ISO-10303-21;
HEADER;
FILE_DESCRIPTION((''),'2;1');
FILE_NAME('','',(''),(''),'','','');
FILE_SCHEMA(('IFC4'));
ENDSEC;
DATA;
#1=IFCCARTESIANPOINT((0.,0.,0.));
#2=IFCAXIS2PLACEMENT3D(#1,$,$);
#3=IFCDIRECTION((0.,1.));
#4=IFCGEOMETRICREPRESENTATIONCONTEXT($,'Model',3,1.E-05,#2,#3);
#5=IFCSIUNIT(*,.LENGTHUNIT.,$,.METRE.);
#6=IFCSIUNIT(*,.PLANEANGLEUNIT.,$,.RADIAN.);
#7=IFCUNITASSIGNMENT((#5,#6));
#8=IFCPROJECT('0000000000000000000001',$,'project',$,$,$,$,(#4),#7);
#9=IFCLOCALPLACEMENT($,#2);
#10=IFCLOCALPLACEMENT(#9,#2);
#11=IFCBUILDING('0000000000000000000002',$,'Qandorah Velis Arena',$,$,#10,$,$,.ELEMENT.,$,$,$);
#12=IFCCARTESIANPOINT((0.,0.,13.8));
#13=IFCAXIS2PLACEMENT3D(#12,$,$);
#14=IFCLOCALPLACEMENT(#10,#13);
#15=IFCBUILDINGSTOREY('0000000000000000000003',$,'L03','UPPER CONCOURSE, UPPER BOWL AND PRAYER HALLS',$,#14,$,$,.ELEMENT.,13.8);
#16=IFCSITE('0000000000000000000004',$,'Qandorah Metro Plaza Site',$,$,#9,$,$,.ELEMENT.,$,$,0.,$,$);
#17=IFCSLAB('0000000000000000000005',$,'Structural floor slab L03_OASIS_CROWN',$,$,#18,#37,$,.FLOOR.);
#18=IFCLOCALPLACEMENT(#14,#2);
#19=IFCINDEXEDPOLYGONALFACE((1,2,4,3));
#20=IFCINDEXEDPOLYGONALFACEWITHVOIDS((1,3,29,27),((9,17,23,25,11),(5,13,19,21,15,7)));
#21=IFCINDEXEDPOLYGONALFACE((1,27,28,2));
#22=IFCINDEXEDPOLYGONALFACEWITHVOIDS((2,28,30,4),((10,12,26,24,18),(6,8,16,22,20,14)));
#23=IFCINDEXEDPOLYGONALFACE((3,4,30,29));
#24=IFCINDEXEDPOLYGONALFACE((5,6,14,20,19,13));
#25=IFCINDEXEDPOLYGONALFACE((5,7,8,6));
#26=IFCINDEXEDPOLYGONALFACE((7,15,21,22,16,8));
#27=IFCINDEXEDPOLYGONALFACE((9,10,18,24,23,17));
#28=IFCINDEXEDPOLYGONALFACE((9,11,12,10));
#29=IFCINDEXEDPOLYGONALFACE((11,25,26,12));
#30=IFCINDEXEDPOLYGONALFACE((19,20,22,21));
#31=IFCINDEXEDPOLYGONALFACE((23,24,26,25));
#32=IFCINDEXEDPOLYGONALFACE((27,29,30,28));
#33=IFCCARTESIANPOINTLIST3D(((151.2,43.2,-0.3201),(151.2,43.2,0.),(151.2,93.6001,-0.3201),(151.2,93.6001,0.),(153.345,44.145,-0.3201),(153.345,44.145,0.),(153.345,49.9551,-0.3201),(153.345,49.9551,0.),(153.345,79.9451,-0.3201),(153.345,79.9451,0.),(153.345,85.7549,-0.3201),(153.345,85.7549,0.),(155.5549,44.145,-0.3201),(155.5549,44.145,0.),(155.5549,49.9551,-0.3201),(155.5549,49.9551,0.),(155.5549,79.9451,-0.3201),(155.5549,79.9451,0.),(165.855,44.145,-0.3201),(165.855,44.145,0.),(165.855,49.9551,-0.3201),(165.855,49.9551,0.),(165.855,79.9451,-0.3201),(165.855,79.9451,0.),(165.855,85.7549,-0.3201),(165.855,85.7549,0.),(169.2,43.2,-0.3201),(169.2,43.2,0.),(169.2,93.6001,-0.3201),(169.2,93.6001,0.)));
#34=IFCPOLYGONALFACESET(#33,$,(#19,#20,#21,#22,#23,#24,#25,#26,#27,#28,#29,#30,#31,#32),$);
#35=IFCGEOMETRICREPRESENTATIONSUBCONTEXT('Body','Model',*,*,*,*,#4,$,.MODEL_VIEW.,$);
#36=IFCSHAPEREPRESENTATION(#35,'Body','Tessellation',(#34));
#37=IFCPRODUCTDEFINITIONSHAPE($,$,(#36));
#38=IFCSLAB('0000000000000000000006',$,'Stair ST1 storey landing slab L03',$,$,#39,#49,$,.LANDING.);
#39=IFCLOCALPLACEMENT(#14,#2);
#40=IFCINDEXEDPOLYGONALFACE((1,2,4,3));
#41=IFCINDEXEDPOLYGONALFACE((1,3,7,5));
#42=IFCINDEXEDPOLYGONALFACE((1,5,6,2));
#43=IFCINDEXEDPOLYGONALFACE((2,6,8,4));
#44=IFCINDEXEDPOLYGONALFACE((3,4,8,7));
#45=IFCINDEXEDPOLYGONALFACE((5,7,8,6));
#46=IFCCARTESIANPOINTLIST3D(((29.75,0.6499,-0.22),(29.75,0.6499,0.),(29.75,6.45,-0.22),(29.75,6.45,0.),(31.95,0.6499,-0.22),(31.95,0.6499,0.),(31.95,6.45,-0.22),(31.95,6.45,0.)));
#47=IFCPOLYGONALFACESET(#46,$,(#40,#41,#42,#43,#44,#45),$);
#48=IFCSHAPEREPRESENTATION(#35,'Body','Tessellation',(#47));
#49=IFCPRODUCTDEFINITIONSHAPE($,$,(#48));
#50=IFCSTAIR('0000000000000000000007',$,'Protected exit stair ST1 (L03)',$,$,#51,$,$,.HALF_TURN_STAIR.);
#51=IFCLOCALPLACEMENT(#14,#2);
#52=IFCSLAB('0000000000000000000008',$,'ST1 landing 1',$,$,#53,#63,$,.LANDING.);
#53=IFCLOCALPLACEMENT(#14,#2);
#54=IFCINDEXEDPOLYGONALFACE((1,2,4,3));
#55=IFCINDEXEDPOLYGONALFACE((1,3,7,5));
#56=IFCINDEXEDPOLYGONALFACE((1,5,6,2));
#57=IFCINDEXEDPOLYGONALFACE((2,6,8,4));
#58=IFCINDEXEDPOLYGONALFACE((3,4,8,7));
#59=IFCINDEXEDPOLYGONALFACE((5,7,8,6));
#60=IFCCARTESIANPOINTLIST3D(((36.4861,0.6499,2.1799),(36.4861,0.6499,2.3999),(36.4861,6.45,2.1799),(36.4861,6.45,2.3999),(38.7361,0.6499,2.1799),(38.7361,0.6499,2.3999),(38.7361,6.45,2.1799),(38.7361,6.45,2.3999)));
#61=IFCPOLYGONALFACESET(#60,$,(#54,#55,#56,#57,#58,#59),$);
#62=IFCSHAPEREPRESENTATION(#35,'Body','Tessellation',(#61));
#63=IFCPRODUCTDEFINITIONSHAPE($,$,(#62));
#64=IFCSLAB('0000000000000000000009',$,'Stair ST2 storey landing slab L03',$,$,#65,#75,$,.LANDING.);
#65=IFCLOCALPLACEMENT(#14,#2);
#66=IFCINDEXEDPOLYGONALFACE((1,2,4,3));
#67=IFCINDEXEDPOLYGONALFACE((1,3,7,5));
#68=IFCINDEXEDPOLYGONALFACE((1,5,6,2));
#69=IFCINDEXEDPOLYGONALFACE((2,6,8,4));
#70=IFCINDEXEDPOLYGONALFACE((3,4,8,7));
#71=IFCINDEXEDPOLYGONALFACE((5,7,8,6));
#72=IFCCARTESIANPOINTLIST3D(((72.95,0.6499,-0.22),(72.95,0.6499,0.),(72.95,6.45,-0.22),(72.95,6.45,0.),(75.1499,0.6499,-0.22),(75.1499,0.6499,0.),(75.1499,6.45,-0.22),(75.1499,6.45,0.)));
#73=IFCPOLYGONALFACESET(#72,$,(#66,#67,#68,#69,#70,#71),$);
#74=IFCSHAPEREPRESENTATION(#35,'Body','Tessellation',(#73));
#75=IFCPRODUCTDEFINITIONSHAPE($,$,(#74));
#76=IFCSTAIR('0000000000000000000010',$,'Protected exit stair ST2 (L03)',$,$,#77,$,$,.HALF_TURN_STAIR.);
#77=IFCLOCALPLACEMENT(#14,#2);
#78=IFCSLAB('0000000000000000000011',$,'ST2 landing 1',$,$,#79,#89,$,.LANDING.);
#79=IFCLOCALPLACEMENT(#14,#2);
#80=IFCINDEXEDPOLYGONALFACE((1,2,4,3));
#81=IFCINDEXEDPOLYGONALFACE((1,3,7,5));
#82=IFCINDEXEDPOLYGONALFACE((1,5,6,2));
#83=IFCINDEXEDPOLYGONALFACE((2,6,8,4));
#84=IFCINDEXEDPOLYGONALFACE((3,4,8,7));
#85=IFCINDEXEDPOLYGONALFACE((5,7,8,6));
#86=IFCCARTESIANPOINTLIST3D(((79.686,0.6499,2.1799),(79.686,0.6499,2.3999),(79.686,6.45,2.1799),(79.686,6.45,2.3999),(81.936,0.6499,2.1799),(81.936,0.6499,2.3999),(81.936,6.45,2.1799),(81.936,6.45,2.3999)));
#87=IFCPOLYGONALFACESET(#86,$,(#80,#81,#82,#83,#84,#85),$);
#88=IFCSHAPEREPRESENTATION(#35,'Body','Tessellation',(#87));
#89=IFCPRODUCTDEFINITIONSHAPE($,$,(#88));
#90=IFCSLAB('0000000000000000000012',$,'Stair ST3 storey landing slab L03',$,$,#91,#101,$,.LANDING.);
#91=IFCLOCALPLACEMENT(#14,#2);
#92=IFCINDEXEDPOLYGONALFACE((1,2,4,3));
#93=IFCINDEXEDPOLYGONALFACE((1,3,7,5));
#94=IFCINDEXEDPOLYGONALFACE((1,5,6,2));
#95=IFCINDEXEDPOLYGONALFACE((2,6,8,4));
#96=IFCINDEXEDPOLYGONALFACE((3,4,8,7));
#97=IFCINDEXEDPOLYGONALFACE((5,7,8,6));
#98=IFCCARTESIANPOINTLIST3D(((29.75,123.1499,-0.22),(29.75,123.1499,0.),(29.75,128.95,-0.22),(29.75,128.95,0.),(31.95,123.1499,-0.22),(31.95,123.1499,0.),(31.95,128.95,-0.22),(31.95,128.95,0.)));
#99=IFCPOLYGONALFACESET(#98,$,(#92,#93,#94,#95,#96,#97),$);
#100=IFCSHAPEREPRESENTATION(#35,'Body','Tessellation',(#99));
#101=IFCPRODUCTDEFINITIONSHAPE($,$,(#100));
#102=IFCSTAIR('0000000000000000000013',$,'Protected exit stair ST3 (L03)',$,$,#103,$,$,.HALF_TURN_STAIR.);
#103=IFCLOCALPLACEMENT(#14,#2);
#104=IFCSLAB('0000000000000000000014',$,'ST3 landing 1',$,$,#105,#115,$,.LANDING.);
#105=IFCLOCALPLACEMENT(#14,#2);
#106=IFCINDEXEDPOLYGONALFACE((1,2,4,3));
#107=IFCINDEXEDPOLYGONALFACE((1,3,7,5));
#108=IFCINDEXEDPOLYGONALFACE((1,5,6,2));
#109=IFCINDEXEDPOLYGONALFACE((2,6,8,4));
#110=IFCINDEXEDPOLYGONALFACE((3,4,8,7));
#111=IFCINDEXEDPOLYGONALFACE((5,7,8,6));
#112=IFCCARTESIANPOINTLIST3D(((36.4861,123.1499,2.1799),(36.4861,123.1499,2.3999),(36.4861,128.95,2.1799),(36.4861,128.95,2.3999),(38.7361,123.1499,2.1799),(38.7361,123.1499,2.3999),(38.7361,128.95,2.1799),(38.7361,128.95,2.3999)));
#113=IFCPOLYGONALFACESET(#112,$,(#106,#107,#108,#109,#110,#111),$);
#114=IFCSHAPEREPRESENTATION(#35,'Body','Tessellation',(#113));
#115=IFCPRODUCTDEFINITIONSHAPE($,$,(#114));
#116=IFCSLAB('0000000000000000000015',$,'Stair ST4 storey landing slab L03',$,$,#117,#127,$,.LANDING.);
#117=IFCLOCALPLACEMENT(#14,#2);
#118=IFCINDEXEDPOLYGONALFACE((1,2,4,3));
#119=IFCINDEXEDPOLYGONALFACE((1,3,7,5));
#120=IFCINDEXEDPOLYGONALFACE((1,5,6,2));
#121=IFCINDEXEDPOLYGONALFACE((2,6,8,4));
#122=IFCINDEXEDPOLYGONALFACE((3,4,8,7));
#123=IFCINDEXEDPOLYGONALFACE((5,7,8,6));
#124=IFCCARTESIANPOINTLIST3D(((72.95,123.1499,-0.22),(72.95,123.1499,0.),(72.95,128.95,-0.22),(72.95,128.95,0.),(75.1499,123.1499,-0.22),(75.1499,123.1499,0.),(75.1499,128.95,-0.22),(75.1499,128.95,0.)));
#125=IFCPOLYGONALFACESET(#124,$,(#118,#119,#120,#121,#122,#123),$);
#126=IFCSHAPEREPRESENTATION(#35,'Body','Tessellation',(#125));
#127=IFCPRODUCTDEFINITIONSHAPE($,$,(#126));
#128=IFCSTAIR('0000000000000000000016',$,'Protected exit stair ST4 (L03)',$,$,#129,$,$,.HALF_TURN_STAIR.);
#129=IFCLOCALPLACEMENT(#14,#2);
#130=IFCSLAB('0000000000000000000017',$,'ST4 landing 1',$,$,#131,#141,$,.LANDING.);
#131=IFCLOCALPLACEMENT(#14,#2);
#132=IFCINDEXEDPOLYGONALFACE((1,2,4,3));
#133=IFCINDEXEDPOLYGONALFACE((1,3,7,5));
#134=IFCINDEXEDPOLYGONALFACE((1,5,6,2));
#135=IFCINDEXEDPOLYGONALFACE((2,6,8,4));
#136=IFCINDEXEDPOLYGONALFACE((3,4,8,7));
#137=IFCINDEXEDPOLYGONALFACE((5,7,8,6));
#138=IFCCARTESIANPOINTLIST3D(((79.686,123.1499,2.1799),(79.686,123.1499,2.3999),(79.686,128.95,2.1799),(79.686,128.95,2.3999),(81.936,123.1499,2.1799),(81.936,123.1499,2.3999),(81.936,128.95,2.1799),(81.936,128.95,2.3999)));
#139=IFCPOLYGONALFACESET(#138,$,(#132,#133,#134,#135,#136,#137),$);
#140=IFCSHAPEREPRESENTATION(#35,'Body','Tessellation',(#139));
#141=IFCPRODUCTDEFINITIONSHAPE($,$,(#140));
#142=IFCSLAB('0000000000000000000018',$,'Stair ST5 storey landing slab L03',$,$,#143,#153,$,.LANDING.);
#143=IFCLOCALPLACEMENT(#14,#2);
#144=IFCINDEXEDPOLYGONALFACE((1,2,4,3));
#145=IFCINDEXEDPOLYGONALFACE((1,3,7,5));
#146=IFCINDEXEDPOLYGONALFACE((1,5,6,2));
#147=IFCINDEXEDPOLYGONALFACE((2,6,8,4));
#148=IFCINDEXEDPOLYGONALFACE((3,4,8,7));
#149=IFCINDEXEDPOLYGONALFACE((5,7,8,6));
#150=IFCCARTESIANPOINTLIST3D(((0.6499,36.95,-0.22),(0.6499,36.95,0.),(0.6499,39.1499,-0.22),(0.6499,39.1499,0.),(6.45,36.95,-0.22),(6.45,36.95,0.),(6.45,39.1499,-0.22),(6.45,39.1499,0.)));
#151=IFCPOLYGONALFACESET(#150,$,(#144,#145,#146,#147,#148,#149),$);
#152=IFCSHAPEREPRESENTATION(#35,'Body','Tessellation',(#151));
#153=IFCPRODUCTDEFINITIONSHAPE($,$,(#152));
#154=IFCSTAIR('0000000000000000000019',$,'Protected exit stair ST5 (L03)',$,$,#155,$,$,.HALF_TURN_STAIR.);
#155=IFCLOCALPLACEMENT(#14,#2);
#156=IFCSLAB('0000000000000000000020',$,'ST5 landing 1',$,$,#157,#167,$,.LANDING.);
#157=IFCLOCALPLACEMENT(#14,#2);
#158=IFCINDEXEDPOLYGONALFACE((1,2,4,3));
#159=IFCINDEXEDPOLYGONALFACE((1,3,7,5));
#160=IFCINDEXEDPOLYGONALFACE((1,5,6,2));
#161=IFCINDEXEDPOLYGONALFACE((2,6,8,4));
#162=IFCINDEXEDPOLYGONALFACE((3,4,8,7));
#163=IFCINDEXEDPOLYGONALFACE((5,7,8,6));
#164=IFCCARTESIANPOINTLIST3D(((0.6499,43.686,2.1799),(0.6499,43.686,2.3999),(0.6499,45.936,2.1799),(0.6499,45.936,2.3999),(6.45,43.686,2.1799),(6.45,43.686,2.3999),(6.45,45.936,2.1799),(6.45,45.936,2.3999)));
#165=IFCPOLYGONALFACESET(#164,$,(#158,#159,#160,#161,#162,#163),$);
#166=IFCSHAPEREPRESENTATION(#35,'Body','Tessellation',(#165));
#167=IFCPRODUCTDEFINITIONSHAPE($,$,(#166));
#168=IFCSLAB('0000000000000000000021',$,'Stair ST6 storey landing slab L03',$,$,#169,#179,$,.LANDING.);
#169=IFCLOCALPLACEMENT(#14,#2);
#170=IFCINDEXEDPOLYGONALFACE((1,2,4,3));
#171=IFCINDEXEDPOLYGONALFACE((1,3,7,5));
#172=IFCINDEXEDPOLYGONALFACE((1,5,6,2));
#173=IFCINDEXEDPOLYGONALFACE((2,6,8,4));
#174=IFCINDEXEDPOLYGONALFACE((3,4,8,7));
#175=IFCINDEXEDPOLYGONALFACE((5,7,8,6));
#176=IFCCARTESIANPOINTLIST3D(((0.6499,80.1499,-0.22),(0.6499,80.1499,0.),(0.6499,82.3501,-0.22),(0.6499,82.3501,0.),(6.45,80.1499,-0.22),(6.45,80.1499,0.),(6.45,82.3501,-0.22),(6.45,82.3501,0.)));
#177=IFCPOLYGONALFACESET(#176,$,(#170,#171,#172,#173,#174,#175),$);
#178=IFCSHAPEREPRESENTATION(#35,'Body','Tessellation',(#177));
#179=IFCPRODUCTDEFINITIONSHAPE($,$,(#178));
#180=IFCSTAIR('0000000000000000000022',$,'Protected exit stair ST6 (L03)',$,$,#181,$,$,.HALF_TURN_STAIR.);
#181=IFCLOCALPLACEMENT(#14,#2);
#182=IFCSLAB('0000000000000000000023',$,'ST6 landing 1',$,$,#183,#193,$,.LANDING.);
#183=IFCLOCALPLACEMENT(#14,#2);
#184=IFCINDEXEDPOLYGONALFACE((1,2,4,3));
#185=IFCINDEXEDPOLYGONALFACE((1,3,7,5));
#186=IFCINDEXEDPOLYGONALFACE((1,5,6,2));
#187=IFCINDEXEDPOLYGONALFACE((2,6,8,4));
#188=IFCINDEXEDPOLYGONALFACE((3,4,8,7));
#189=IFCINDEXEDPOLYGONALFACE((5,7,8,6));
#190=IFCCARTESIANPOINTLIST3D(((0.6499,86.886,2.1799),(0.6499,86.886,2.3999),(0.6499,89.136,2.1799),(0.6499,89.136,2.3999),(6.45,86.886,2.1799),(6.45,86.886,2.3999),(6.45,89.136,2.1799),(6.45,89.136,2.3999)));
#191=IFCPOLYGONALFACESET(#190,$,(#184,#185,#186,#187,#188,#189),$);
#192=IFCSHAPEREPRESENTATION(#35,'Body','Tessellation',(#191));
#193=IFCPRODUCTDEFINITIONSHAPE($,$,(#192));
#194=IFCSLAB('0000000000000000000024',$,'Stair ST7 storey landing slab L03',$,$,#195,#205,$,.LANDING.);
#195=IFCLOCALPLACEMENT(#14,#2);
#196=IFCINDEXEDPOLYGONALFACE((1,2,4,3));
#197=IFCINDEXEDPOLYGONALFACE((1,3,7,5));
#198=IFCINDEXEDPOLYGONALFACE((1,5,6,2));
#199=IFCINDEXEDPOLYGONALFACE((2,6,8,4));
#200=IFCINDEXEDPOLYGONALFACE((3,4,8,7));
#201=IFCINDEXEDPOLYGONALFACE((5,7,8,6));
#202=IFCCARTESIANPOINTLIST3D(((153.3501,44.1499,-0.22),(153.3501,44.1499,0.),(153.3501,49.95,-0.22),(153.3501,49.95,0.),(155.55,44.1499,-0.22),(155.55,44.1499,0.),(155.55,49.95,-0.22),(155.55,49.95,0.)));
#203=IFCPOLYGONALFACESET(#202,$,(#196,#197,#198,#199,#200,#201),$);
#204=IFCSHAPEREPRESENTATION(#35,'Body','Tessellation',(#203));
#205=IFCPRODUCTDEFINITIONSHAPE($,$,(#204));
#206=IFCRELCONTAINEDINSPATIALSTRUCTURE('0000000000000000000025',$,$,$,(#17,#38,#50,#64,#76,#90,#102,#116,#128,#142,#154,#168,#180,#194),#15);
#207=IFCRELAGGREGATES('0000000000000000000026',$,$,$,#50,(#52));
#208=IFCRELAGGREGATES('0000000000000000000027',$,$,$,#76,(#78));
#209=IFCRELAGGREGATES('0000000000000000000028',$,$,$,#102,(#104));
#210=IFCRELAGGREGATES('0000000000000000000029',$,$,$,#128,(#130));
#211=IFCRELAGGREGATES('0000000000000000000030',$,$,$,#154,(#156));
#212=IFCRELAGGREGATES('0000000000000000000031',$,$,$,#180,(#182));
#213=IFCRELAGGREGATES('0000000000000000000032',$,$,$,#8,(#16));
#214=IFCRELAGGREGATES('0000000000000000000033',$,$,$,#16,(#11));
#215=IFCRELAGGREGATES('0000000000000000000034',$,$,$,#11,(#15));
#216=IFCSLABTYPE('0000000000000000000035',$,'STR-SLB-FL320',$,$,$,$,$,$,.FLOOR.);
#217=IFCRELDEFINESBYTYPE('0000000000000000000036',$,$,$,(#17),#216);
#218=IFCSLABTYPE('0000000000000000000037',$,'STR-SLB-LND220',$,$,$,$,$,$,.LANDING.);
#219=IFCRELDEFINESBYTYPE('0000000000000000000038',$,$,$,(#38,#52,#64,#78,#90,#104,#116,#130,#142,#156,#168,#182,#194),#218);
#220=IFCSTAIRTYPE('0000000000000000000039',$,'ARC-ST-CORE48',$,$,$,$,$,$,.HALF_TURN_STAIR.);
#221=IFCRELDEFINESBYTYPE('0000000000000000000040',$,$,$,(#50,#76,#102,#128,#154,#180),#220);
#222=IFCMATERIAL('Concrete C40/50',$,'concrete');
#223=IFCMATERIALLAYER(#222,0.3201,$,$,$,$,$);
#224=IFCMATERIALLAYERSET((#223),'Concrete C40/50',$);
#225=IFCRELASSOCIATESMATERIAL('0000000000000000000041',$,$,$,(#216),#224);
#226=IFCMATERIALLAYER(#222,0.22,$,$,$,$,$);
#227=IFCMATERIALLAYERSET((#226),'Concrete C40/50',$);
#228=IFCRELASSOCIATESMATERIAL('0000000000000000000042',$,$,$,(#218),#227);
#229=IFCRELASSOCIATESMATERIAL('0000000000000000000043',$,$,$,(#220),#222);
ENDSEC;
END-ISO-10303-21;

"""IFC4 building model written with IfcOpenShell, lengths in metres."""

from ifc_helpers import new_model, si_unit, direction, frame, origin, place, context, subcontext, project, spatial, polyline, outline, extrude, material, layer, layer_set, type_object, element, aggregate, save


model = new_model("IFC4")

# Units and contexts
model_context = context("Model", 3, precision=1e-05, world=origin(), true_north=direction((0.0, 1.0)))
body_context = subcontext(model_context, "Body", "Model", "MODEL_VIEW")
ifc_project = project(units=[si_unit("LENGTHUNIT", "METRE"), si_unit("PLANEANGLEUNIT", "RADIAN")], contexts=[model_context])

# Site, building, storey
site_placement = place(None, origin())
site = spatial("IfcSite", under=ifc_project, at=site_placement, Name="Qandorah Metro Plaza Site", CompositionType="ELEMENT", RefElevation=0.0)
building_placement = place(site_placement, origin())
building = spatial("IfcBuilding", under=site, at=building_placement, Name="Qandorah Velis Arena", CompositionType="ELEMENT")
storey_placement = place(building_placement, frame((0.0, 0.0, 13.8)))
storey = spatial("IfcBuildingStorey", under=building, at=storey_placement, Name="L03", Description="UPPER CONCOURSE, UPPER BOWL AND PRAYER HALLS", CompositionType="ELEMENT", Elevation=13.8)

# Slabs
ifc_material_1 = material(Name="Concrete C40/50", Category="concrete")
ifc_layer_1 = layer(ifc_material_1, 0.3201)
ifc_layer_set_1 = layer_set([ifc_layer_1], Name="Concrete C40/50")
slab_type_1 = type_object("IfcSlabType", Name="STR-SLB-FL320", PredefinedType="FLOOR", material=ifc_layer_set_1)
slab_1_placement = place(storey_placement, frame((0.0, 0.0, -0.3201)))
element("IfcSlab", 1, at=slab_1_placement, inside=storey, type_object=slab_type_1, Name="Structural floor slab L03_OASIS_CROWN", PredefinedType="FLOOR", context=body_context, shape_type="SweptSolid", body=[
    extrude(outline(polyline([(169.2, 43.2), (151.2, 43.2), (151.2, 93.6001), (169.2, 93.6001), (169.2, 43.2)]), holes=[polyline([(155.5549, 44.145), (165.855, 44.145), (165.855, 49.9551), (155.5549, 49.9551), (153.345, 49.9551), (153.345, 44.145), (155.5549, 44.145)]), polyline([(153.345, 79.9451), (155.5549, 79.9451), (165.855, 79.9451), (165.855, 85.7549), (153.345, 85.7549), (153.345, 85.7549), (153.345, 79.9451)])]), origin(), (0.0, 0.0, 1.0), 0.3201),
])
ifc_layer_2 = layer(ifc_material_1, 0.22)
ifc_layer_set_2 = layer_set([ifc_layer_2], Name="Concrete C40/50")
slab_type_2 = type_object("IfcSlabType", Name="STR-SLB-LND220", PredefinedType="LANDING", material=ifc_layer_set_2)
slab_2_placement = place(storey_placement, frame((0.0, 0.0, -0.22)))
element("IfcSlab", 2, at=slab_2_placement, inside=storey, type_object=slab_type_2, Name="Stair ST1 storey landing slab L03", PredefinedType="LANDING", context=body_context, shape_type="SweptSolid", body=[
    extrude(outline(polyline([(29.75, 0.6499), (31.95, 0.6499), (31.95, 6.45), (29.75, 6.45), (29.75, 0.6499)])), origin(), (0.0, 0.0, 1.0), 0.22),
])

# Stair, slab
stair_type = type_object("IfcStairType", Name="ARC-ST-CORE48", PredefinedType="HALF_TURN_STAIR", material=ifc_material_1)
stair_1_placement = place(storey_placement, origin())
stair_1 = element("IfcStair", 3, at=stair_1_placement, inside=storey, type_object=stair_type, Name="Protected exit stair ST1 (L03)", PredefinedType="HALF_TURN_STAIR")
slab_3_placement = place(storey_placement, frame((0.0, 0.0, 2.1799)))
slab_3 = element("IfcSlab", 4, at=slab_3_placement, type_object=slab_type_2, Name="ST1 landing 1", PredefinedType="LANDING", context=body_context, shape_type="SweptSolid", body=[
    extrude(outline(polyline([(36.4861, 0.6499), (38.7361, 0.6499), (38.7361, 6.45), (36.4861, 6.45), (36.4861, 0.6499)])), origin(), (0.0, 0.0, 1.0), 0.22),
])
aggregate(stair_1, [slab_3])

# Slab
slab_4_placement = place(storey_placement, frame((0.0, 0.0, -0.22)))
element("IfcSlab", 5, at=slab_4_placement, inside=storey, type_object=slab_type_2, Name="Stair ST2 storey landing slab L03", PredefinedType="LANDING", context=body_context, shape_type="SweptSolid", body=[
    extrude(outline(polyline([(72.95, 0.6499), (75.1499, 0.6499), (75.1499, 6.45), (72.95, 6.45), (72.95, 0.6499)])), origin(), (0.0, 0.0, 1.0), 0.22),
])

# Stair, slab
stair_2_placement = place(storey_placement, origin())
stair_2 = element("IfcStair", 6, at=stair_2_placement, inside=storey, type_object=stair_type, Name="Protected exit stair ST2 (L03)", PredefinedType="HALF_TURN_STAIR")
slab_5_placement = place(storey_placement, frame((0.0, 0.0, 2.1799)))
slab_5 = element("IfcSlab", 7, at=slab_5_placement, type_object=slab_type_2, Name="ST2 landing 1", PredefinedType="LANDING", context=body_context, shape_type="SweptSolid", body=[
    extrude(outline(polyline([(79.686, 0.6499), (81.936, 0.6499), (81.936, 6.45), (79.686, 6.45), (79.686, 0.6499)])), origin(), (0.0, 0.0, 1.0), 0.22),
])
aggregate(stair_2, [slab_5])

# Slab
slab_6_placement = place(storey_placement, frame((0.0, 0.0, -0.22)))
element("IfcSlab", 8, at=slab_6_placement, inside=storey, type_object=slab_type_2, Name="Stair ST3 storey landing slab L03", PredefinedType="LANDING", context=body_context, shape_type="SweptSolid", body=[
    extrude(outline(polyline([(29.75, 123.1499), (31.95, 123.1499), (31.95, 128.95), (29.75, 128.95), (29.75, 123.1499)])), origin(), (0.0, 0.0, 1.0), 0.22),
])

# Stair, slab
stair_3_placement = place(storey_placement, origin())
stair_3 = element("IfcStair", 9, at=stair_3_placement, inside=storey, type_object=stair_type, Name="Protected exit stair ST3 (L03)", PredefinedType="HALF_TURN_STAIR")
slab_7_placement = place(storey_placement, frame((0.0, 0.0, 2.1799)))
slab_7 = element("IfcSlab", 10, at=slab_7_placement, type_object=slab_type_2, Name="ST3 landing 1", PredefinedType="LANDING", context=body_context, shape_type="SweptSolid", body=[
    extrude(outline(polyline([(36.4861, 123.1499), (38.7361, 123.1499), (38.7361, 128.95), (36.4861, 128.95), (36.4861, 123.1499)])), origin(), (0.0, 0.0, 1.0), 0.22),
])
aggregate(stair_3, [slab_7])

# Slab
slab_8_placement = place(storey_placement, frame((0.0, 0.0, -0.22)))
element("IfcSlab", 11, at=slab_8_placement, inside=storey, type_object=slab_type_2, Name="Stair ST4 storey landing slab L03", PredefinedType="LANDING", context=body_context, shape_type="SweptSolid", body=[
    extrude(outline(polyline([(72.95, 123.1499), (75.1499, 123.1499), (75.1499, 128.95), (72.95, 128.95), (72.95, 123.1499)])), origin(), (0.0, 0.0, 1.0), 0.22),
])

# Stair, slab
stair_4_placement = place(storey_placement, origin())
stair_4 = element("IfcStair", 12, at=stair_4_placement, inside=storey, type_object=stair_type, Name="Protected exit stair ST4 (L03)", PredefinedType="HALF_TURN_STAIR")
slab_9_placement = place(storey_placement, frame((0.0, 0.0, 2.1799)))
slab_9 = element("IfcSlab", 13, at=slab_9_placement, type_object=slab_type_2, Name="ST4 landing 1", PredefinedType="LANDING", context=body_context, shape_type="SweptSolid", body=[
    extrude(outline(polyline([(79.686, 123.1499), (81.936, 123.1499), (81.936, 128.95), (79.686, 128.95), (79.686, 123.1499)])), origin(), (0.0, 0.0, 1.0), 0.22),
])
aggregate(stair_4, [slab_9])

# Slab
slab_10_placement = place(storey_placement, frame((0.0, 0.0, -0.22)))
element("IfcSlab", 14, at=slab_10_placement, inside=storey, type_object=slab_type_2, Name="Stair ST5 storey landing slab L03", PredefinedType="LANDING", context=body_context, shape_type="SweptSolid", body=[
    extrude(outline(polyline([(0.6499, 36.95), (6.45, 36.95), (6.45, 39.1499), (0.6499, 39.1499), (0.6499, 36.95)])), origin(), (0.0, 0.0, 1.0), 0.22),
])

# Stair, slab
stair_5_placement = place(storey_placement, origin())
stair_5 = element("IfcStair", 15, at=stair_5_placement, inside=storey, type_object=stair_type, Name="Protected exit stair ST5 (L03)", PredefinedType="HALF_TURN_STAIR")
slab_11_placement = place(storey_placement, frame((0.0, 0.0, 2.1799)))
slab_11 = element("IfcSlab", 16, at=slab_11_placement, type_object=slab_type_2, Name="ST5 landing 1", PredefinedType="LANDING", context=body_context, shape_type="SweptSolid", body=[
    extrude(outline(polyline([(0.6499, 43.686), (6.45, 43.686), (6.45, 45.936), (0.6499, 45.936), (0.6499, 43.686)])), origin(), (0.0, 0.0, 1.0), 0.22),
])
aggregate(stair_5, [slab_11])

# Slab
slab_12_placement = place(storey_placement, frame((0.0, 0.0, -0.22)))
element("IfcSlab", 17, at=slab_12_placement, inside=storey, type_object=slab_type_2, Name="Stair ST6 storey landing slab L03", PredefinedType="LANDING", context=body_context, shape_type="SweptSolid", body=[
    extrude(outline(polyline([(0.6499, 80.1499), (6.45, 80.1499), (6.45, 82.3501), (0.6499, 82.3501), (0.6499, 80.1499)])), origin(), (0.0, 0.0, 1.0), 0.22),
])

# Stair, slab
stair_6_placement = place(storey_placement, origin())
stair_6 = element("IfcStair", 18, at=stair_6_placement, inside=storey, type_object=stair_type, Name="Protected exit stair ST6 (L03)", PredefinedType="HALF_TURN_STAIR")
slab_13_placement = place(storey_placement, frame((0.0, 0.0, 2.1799)))
slab_13 = element("IfcSlab", 19, at=slab_13_placement, type_object=slab_type_2, Name="ST6 landing 1", PredefinedType="LANDING", context=body_context, shape_type="SweptSolid", body=[
    extrude(outline(polyline([(0.6499, 86.886), (6.45, 86.886), (6.45, 89.136), (0.6499, 89.136), (0.6499, 86.886)])), origin(), (0.0, 0.0, 1.0), 0.22),
])
aggregate(stair_6, [slab_13])

# Slab
slab_14_placement = place(storey_placement, frame((0.0, 0.0, -0.22)))
element("IfcSlab", 20, at=slab_14_placement, inside=storey, type_object=slab_type_2, Name="Stair ST7 storey landing slab L03", PredefinedType="LANDING", context=body_context, shape_type="SweptSolid", body=[
    extrude(outline(polyline([(153.3501, 44.1499), (155.55, 44.1499), (155.55, 49.95), (153.3501, 49.95), (153.3501, 44.1499)])), origin(), (0.0, 0.0, 1.0), 0.22),
])

save(model, "model.ifc")
